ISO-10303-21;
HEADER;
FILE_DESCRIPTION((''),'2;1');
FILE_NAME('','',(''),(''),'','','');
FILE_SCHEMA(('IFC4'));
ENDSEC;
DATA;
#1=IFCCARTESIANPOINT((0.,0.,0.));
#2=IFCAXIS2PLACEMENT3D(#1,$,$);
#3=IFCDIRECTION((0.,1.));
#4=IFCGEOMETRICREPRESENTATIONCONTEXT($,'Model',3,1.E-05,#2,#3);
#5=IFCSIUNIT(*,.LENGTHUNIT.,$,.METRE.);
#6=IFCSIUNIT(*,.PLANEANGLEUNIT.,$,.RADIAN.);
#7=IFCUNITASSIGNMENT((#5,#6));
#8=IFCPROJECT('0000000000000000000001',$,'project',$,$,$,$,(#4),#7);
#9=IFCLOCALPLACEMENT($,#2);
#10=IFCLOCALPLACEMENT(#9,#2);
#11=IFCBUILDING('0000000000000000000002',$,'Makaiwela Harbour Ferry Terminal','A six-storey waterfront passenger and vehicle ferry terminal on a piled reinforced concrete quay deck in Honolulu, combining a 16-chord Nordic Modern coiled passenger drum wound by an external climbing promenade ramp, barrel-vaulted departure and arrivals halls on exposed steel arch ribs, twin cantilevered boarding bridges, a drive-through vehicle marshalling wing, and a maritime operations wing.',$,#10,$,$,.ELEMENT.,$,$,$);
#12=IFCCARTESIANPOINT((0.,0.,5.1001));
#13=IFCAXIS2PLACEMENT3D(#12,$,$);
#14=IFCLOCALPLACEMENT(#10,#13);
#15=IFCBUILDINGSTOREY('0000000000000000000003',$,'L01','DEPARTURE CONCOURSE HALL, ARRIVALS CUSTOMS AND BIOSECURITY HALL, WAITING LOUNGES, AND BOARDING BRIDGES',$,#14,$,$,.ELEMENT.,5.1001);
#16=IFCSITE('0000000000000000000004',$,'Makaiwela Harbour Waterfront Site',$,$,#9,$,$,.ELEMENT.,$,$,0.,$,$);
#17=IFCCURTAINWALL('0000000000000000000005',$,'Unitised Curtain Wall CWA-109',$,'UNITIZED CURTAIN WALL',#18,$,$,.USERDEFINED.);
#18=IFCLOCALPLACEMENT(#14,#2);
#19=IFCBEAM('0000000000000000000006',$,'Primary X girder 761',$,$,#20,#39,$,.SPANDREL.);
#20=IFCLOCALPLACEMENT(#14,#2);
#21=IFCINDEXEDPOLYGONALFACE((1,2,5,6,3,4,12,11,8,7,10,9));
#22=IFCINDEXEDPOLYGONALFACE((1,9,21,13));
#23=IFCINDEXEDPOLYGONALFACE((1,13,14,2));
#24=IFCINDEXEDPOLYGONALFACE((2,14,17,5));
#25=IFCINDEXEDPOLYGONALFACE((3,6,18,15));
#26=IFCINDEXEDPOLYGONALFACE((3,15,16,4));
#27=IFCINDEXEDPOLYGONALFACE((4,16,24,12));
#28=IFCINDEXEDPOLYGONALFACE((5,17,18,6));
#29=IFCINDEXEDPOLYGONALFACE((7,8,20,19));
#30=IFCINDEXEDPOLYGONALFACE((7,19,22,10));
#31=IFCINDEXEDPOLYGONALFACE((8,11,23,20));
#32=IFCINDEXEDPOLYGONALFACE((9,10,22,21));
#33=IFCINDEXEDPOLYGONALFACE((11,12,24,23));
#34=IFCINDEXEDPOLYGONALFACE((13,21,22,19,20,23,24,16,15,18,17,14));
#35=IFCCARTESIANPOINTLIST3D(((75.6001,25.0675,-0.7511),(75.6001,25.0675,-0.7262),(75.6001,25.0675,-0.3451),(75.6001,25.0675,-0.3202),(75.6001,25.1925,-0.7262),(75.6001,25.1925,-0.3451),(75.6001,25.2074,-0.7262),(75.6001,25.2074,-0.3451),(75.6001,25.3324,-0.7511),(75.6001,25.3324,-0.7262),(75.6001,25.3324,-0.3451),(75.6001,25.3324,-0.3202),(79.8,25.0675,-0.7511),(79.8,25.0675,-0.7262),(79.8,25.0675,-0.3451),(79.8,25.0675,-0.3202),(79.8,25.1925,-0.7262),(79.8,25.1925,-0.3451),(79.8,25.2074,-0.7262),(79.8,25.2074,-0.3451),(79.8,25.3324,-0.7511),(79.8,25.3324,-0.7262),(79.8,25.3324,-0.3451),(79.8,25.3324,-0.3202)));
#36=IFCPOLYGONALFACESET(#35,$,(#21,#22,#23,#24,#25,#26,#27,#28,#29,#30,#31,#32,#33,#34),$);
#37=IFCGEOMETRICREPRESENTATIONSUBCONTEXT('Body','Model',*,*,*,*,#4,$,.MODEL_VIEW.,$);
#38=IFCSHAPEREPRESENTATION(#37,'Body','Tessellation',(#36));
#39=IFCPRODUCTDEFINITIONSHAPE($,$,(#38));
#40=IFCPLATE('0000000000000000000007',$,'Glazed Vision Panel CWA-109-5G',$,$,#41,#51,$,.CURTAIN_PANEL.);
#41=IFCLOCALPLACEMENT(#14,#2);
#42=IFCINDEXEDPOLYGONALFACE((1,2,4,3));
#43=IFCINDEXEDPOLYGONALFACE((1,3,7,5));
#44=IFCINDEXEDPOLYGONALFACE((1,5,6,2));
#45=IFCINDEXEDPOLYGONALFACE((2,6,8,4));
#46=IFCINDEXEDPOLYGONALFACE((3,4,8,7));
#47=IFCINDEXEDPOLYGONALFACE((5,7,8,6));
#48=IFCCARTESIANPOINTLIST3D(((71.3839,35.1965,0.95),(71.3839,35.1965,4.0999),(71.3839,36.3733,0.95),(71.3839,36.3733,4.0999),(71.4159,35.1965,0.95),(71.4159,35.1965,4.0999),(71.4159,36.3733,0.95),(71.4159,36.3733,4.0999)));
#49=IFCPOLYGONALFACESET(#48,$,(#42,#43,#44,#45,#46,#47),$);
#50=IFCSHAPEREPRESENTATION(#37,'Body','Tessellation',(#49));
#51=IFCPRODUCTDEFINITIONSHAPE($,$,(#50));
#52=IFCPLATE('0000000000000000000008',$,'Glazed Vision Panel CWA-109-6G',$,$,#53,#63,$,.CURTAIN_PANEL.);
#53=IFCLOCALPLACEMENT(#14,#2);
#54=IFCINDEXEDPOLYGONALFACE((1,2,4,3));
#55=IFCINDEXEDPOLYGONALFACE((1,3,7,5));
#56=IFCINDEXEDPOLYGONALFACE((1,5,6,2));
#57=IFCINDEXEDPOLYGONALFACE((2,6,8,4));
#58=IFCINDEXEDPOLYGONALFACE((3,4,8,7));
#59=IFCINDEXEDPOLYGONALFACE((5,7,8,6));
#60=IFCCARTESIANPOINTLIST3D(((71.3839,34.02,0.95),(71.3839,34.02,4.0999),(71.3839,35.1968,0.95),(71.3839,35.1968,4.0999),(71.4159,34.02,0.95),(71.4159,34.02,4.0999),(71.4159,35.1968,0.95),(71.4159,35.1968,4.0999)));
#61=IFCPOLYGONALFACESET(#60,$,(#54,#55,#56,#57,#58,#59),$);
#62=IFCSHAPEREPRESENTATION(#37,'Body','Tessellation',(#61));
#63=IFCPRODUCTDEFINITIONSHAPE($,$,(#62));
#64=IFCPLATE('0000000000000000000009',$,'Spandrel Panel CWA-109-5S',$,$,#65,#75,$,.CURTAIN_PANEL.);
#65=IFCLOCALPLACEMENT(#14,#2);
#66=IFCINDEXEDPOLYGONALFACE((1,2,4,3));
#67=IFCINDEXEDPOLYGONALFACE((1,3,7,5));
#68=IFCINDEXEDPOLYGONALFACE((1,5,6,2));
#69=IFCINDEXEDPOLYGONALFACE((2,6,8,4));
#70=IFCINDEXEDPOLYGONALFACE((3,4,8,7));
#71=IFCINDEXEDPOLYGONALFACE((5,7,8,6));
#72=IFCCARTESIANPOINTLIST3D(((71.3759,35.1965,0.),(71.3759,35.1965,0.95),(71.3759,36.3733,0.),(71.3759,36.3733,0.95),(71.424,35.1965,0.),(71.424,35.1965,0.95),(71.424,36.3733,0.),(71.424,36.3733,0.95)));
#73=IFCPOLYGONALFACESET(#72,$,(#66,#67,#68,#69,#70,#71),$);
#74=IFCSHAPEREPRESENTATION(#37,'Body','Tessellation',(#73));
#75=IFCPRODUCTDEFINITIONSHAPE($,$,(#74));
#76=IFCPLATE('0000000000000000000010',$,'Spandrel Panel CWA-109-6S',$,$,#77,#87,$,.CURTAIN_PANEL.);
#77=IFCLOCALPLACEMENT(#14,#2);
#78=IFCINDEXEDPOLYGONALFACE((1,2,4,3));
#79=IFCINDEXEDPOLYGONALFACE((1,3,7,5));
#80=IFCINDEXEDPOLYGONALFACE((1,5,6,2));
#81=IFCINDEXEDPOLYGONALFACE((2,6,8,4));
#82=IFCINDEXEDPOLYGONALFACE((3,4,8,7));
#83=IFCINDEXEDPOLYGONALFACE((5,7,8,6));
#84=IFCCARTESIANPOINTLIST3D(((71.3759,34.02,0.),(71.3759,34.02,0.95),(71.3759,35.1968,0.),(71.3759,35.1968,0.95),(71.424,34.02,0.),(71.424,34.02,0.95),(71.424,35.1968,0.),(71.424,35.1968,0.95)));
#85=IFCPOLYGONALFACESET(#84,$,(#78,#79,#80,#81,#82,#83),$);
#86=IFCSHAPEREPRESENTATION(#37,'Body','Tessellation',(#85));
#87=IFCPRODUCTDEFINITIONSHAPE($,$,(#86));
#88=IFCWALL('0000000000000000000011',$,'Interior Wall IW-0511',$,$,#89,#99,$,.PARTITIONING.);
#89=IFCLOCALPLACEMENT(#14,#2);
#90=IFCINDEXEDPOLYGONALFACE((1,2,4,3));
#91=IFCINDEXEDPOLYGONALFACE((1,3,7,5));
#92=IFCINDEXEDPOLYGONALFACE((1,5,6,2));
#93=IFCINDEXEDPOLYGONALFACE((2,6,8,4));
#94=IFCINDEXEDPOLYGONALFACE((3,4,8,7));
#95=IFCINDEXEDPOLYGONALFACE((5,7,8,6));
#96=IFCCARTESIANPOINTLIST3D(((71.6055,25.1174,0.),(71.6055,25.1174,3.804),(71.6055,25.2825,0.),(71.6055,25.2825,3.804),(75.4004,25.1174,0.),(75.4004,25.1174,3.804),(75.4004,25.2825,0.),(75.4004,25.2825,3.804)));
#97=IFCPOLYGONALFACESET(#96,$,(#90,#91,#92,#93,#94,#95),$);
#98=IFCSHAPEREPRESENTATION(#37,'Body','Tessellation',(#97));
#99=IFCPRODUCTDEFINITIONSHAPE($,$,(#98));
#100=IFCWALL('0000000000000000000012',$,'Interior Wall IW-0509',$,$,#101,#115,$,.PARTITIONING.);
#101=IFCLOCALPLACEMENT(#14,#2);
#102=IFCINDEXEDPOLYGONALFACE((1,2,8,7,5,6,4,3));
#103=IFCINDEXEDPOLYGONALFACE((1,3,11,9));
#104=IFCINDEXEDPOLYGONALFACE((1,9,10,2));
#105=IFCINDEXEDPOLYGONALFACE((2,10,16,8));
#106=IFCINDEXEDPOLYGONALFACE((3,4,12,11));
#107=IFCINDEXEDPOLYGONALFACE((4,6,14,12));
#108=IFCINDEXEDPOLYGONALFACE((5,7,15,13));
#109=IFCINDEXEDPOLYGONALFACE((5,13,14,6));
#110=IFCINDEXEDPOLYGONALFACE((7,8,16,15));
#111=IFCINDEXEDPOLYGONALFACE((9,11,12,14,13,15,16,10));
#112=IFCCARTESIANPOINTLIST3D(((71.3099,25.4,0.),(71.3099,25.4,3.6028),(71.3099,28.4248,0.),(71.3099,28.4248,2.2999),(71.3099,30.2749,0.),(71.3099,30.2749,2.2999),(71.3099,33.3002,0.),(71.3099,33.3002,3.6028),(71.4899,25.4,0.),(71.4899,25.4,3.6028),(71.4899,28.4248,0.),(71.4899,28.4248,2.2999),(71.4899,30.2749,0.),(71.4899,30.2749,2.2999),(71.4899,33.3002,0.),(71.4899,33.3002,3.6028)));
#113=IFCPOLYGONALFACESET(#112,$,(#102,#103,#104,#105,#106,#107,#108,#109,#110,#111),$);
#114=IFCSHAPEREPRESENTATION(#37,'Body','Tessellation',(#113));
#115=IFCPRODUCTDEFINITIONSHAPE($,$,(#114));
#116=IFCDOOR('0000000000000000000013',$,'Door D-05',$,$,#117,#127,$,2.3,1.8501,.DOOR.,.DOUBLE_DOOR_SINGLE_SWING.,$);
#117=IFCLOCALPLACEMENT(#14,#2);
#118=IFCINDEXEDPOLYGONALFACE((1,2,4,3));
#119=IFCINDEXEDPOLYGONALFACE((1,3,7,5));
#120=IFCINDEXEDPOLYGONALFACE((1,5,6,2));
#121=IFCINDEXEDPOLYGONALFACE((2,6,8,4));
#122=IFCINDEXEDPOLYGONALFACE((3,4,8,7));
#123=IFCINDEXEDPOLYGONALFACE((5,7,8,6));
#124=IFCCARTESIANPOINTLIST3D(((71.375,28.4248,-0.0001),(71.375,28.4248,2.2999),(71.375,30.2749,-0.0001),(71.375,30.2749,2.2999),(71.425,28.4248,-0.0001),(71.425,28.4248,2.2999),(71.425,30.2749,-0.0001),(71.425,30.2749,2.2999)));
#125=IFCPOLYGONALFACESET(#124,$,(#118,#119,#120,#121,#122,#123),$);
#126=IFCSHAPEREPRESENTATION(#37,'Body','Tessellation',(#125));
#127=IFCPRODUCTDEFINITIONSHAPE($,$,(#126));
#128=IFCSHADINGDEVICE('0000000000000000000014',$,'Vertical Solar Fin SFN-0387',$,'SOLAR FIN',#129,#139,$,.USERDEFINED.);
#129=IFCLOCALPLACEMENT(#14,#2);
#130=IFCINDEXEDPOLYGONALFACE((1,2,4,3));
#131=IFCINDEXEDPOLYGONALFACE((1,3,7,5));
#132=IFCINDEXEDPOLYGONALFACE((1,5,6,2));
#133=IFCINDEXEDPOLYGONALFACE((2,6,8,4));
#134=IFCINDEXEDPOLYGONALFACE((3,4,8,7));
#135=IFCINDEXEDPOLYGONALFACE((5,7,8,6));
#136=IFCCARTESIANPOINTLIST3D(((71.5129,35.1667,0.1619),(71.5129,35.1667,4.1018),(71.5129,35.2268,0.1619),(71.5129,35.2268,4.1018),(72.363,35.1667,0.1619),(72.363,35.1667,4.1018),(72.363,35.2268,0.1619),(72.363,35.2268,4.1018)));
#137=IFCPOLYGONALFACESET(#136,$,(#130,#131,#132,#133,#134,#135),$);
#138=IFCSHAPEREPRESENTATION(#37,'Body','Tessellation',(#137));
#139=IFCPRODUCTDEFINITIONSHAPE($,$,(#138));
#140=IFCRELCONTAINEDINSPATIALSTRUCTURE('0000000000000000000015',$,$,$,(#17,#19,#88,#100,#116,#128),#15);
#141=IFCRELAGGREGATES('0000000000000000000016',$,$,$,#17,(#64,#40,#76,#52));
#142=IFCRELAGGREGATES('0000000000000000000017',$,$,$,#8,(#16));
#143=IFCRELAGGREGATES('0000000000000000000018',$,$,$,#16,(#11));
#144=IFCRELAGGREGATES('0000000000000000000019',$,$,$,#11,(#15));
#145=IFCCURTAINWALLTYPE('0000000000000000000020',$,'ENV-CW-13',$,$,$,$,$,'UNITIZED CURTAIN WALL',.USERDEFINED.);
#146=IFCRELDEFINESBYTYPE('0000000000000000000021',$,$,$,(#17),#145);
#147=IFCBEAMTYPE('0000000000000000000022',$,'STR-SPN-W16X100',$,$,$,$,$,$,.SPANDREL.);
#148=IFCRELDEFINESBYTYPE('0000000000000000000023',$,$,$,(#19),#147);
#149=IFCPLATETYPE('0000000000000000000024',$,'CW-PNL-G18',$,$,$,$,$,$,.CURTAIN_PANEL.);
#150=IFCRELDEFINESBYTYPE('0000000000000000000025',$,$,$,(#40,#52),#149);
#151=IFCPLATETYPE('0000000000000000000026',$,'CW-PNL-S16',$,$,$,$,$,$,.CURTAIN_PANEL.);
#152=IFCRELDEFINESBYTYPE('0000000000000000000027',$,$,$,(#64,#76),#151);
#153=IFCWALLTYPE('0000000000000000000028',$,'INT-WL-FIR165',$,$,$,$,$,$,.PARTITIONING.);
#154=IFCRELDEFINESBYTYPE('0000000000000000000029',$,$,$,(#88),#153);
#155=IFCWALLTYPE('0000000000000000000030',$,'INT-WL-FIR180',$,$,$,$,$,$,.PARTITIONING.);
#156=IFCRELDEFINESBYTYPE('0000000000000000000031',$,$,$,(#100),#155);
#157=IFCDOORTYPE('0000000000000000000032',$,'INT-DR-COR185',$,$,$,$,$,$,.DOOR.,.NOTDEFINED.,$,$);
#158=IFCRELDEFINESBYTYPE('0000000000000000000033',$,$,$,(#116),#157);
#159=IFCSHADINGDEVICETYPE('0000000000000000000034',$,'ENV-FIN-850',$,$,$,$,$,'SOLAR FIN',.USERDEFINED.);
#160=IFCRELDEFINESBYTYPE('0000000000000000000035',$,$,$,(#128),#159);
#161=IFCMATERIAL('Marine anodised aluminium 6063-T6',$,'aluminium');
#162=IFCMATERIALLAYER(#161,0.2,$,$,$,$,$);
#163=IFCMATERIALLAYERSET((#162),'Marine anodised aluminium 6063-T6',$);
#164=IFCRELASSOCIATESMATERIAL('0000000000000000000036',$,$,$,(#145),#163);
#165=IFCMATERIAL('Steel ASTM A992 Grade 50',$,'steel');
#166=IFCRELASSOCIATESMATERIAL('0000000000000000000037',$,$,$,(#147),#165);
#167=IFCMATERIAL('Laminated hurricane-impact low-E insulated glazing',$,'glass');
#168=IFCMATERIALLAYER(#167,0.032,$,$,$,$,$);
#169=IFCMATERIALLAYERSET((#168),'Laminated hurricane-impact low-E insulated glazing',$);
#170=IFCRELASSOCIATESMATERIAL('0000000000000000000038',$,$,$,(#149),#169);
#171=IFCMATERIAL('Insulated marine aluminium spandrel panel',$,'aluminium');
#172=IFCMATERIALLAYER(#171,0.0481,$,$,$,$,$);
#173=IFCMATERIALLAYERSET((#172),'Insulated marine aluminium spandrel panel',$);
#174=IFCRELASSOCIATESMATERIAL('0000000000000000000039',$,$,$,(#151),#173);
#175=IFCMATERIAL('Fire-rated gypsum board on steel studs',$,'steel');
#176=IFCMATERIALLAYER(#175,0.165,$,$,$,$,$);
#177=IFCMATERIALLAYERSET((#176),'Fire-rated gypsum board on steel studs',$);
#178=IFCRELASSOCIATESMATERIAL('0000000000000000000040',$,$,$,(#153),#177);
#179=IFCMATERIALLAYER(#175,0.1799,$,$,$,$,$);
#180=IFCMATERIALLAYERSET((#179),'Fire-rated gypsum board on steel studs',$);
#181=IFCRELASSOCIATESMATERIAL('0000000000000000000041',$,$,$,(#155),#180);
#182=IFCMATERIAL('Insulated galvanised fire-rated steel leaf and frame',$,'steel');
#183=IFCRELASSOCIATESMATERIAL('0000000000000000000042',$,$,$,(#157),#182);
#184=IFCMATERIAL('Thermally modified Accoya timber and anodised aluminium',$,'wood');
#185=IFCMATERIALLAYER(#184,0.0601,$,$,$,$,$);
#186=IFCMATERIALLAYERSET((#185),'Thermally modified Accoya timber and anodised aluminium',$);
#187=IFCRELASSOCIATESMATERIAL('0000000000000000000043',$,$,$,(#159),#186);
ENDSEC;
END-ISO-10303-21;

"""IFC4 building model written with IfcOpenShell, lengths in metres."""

from ifc_helpers import new_model, si_unit, direction, frame, frame_2d, origin, origin_2d, place, context, subcontext, project, spatial, rectangle, i_section, extrude, material, layer, layer_set, material_profile, profile_set, type_object, element, fill, aggregate, save


model = new_model("IFC4")

# Units and contexts
model_context = context("Model", 3, precision=1e-05, world=origin(), true_north=direction((0.0, 1.0)))
body_context = subcontext(model_context, "Body", "Model", "MODEL_VIEW")
ifc_project = project(units=[si_unit("LENGTHUNIT", "METRE"), si_unit("PLANEANGLEUNIT", "RADIAN")], contexts=[model_context])

# Site, building, storey
site_placement = place(None, origin())
site = spatial("IfcSite", under=ifc_project, at=site_placement, Name="Makaiwela Harbour Waterfront Site", CompositionType="ELEMENT", RefElevation=0.0)
building_placement = place(site_placement, origin())
building = spatial("IfcBuilding", under=site, at=building_placement, Name="Makaiwela Harbour Ferry Terminal", Description="A six-storey waterfront passenger and vehicle ferry terminal on a piled reinforced concrete quay deck in Honolulu, combining a 16-chord Nordic Modern coiled passenger drum wound by an external climbing promenade ramp, barrel-vaulted departure and arrivals halls on exposed steel arch ribs, twin cantilevered boarding bridges, a drive-through vehicle marshalling wing, and a maritime operations wing.", CompositionType="ELEMENT")
storey_placement = place(building_placement, frame((0.0, 0.0, 5.1001)))
storey = spatial("IfcBuildingStorey", under=building, at=storey_placement, Name="L01", Description="DEPARTURE CONCOURSE HALL, ARRIVALS CUSTOMS AND BIOSECURITY HALL, WAITING LOUNGES, AND BOARDING BRIDGES", CompositionType="ELEMENT", Elevation=5.1001)

# Shared definitions
ifc_material_1 = material(Name="Steel ASTM A992 Grade 50", Category="steel")

# Curtain wall
ifc_material_2 = material(Name="Marine anodised aluminium 6063-T6", Category="aluminium")
ifc_layer_1 = layer(ifc_material_2, 0.2)
ifc_layer_set_1 = layer_set([ifc_layer_1], Name="Marine anodised aluminium 6063-T6")
curtain_wall_type = type_object("IfcCurtainWallType", Name="ENV-CW-13", ElementType="UNITIZED CURTAIN WALL", PredefinedType="USERDEFINED", material=ifc_layer_set_1)
curtain_wall_placement = place(storey_placement, origin())
curtain_wall = element("IfcCurtainWall", 1, at=curtain_wall_placement, inside=storey, type_object=curtain_wall_type, Name="Unitised Curtain Wall CWA-109", ObjectType="UNITIZED CURTAIN WALL", PredefinedType="USERDEFINED")

# Beam
ifc_material_profile_1 = material_profile(ifc_material_1, i_section(OverallWidth=0.2649, OverallDepth=0.4309, WebThickness=0.0149, FlangeThickness=0.0249, at=origin_2d()), Name="W16X100")
ifc_profile_set_1 = profile_set([ifc_material_profile_1], Name="Steel ASTM A992 Grade 50")
beam_type_1 = type_object("IfcBeamType", Name="STR-SPN-W16X100", PredefinedType="SPANDREL", material=ifc_profile_set_1)
beam_1_placement = place(storey_placement, frame((75.6001, 25.2, -0.5356), z_axis=(1.0, 0.0, 0.0), x_axis=(0.0, 1.0, 0.0)))
element("IfcBeam", 2, at=beam_1_placement, inside=storey, type_object=beam_type_1, Name="Primary X girder 761", PredefinedType="SPANDREL", context=body_context, shape_type="SweptSolid", body=[
    extrude(i_section(OverallWidth=0.2649, OverallDepth=0.4309, WebThickness=0.0149, FlangeThickness=0.0249, at=origin_2d()), origin(), (0.0, 0.0, 1.0), 4.2),
])

# Plates
ifc_material_3 = material(Name="Laminated hurricane-impact low-E insulated glazing", Category="glass")
ifc_layer_2 = layer(ifc_material_3, 0.032)
ifc_layer_set_2 = layer_set([ifc_layer_2], Name="Laminated hurricane-impact low-E insulated glazing")
plate_type_1 = type_object("IfcPlateType", Name="CW-PNL-G18", PredefinedType="CURTAIN_PANEL", material=ifc_layer_set_2)
plate_1_placement = place(storey_placement, frame((71.3999, 35.7849, 0.95), z_axis=(0.0, 0.0, 1.0), x_axis=(0.0, -1.0, 0.0)))
plate_1 = element("IfcPlate", 3, at=plate_1_placement, type_object=plate_type_1, Name="Glazed Vision Panel CWA-109-5G", PredefinedType="CURTAIN_PANEL", context=body_context, shape_type="SweptSolid", body=[
    extrude(rectangle(XDim=1.1768, YDim=0.032, at=origin_2d()), origin(), (0.0, 0.0, 1.0), 3.1499),
])
plate_2_placement = place(storey_placement, frame((71.3999, 34.6084, 0.95), z_axis=(0.0, 0.0, 1.0), x_axis=(0.0, -1.0, 0.0)))
plate_2 = element("IfcPlate", 4, at=plate_2_placement, type_object=plate_type_1, Name="Glazed Vision Panel CWA-109-6G", PredefinedType="CURTAIN_PANEL", context=body_context, shape_type="SweptSolid", body=[
    extrude(rectangle(XDim=1.1768, YDim=0.032, at=origin_2d()), origin(), (0.0, 0.0, 1.0), 3.1499),
])
ifc_material_4 = material(Name="Insulated marine aluminium spandrel panel", Category="aluminium")
ifc_layer_3 = layer(ifc_material_4, 0.0481)
ifc_layer_set_3 = layer_set([ifc_layer_3], Name="Insulated marine aluminium spandrel panel")
plate_type_2 = type_object("IfcPlateType", Name="CW-PNL-S16", PredefinedType="CURTAIN_PANEL", material=ifc_layer_set_3)
plate_3_placement = place(storey_placement, frame((71.3999, 35.7849, 0.0), z_axis=(0.0, 0.0, 1.0), x_axis=(0.0, -1.0, 0.0)))
plate_3 = element("IfcPlate", 5, at=plate_3_placement, type_object=plate_type_2, Name="Spandrel Panel CWA-109-5S", PredefinedType="CURTAIN_PANEL", context=body_context, shape_type="SweptSolid", body=[
    extrude(rectangle(XDim=1.1768, YDim=0.0481, at=origin_2d()), origin(), (0.0, 0.0, 1.0), 0.95),
])
plate_4_placement = place(storey_placement, frame((71.3999, 34.6084, 0.0), z_axis=(0.0, 0.0, 1.0), x_axis=(0.0, -1.0, 0.0)))
plate_4 = element("IfcPlate", 6, at=plate_4_placement, type_object=plate_type_2, Name="Spandrel Panel CWA-109-6S", PredefinedType="CURTAIN_PANEL", context=body_context, shape_type="SweptSolid", body=[
    extrude(rectangle(XDim=1.1768, YDim=0.0481, at=origin_2d()), origin(), (0.0, 0.0, 1.0), 0.95),
])
aggregate(curtain_wall, [plate_3, plate_1, plate_4, plate_2])

# Wall
ifc_material_5 = material(Name="Fire-rated gypsum board on steel studs", Category="steel")
ifc_layer_4 = layer(ifc_material_5, 0.165)
ifc_layer_set_4 = layer_set([ifc_layer_4], Name="Fire-rated gypsum board on steel studs")
wall_type_1 = type_object("IfcWallType", Name="INT-WL-FIR165", PredefinedType="PARTITIONING", material=ifc_layer_set_4)
wall_1_placement = place(storey_placement, frame((71.6055, 25.2, 0.0), z_axis=(0.0, 0.0, 1.0), x_axis=(1.0, 0.0, 0.0)))
element("IfcWall", 7, at=wall_1_placement, inside=storey, type_object=wall_type_1, Name="Interior Wall IW-0511", PredefinedType="PARTITIONING", context=body_context, shape_type="SweptSolid", body=[
    extrude(rectangle(XDim=3.7949, YDim=0.165, at=frame_2d((1.8975, 0.0))), origin(), (0.0, 0.0, 1.0), 3.804),
])

# Wall, opening, door
ifc_layer_5 = layer(ifc_material_5, 0.1799)
ifc_layer_set_5 = layer_set([ifc_layer_5], Name="Fire-rated gypsum board on steel studs")
wall_type_2 = type_object("IfcWallType", Name="INT-WL-FIR180", PredefinedType="PARTITIONING", material=ifc_layer_set_5)
wall_2_placement = place(storey_placement, frame((71.3999, 25.3999, 0.0), z_axis=(0.0, 0.0, 1.0), x_axis=(0.0, 1.0, 0.0)))
wall_2 = element("IfcWall", 8, at=wall_2_placement, inside=storey, type_object=wall_type_2, Name="Interior Wall IW-0509", PredefinedType="PARTITIONING", context=body_context, shape_type="SweptSolid", body=[
    extrude(rectangle(XDim=7.9001, YDim=0.1799, at=frame_2d((3.9502, 0.0))), origin(), (0.0, 0.0, 1.0), 3.6028),
])
opening_placement = place(wall_2_placement, frame((3.0249, 0.0, 0.0)))
opening = element("IfcOpeningElement", 9, at=opening_placement, cuts=wall_2, PredefinedType="OPENING", context=body_context, shape_type="SweptSolid", body=[
    extrude(rectangle(XDim=1.8501, YDim=2.3, at=frame_2d((0.925, 1.1499))), frame((0.0, 0.0999, 0.0), z_axis=(0.0, -1.0, 0.0), x_axis=(1.0, 0.0, 0.0)), (0.0, 0.0, 1.0), 0.2),
])
ifc_material_6 = material(Name="Insulated galvanised fire-rated steel leaf and frame", Category="steel")
door_type = type_object("IfcDoorType", Name="INT-DR-COR185", OperationType="NOTDEFINED", PredefinedType="DOOR", material=ifc_material_6)
door_placement = place(opening_placement, origin())
door = element("IfcDoor", 10, at=door_placement, inside=storey, type_object=door_type, Name="Door D-05", OperationType="DOUBLE_DOOR_SINGLE_SWING", OverallHeight=2.3, OverallWidth=1.8501, PredefinedType="DOOR", context=body_context, shape_type="SweptSolid", body=[
    extrude(rectangle(XDim=1.8501, YDim=2.3, at=frame_2d((0.925, 1.1499))), frame((0.0, 0.0249, 0.0), z_axis=(0.0, -1.0, 0.0), x_axis=(1.0, 0.0, 0.0)), (0.0, 0.0, 1.0), 0.05),
])
fill(opening, door)

# Shading device
ifc_material_7 = material(Name="Thermally modified Accoya timber and anodised aluminium", Category="wood")
ifc_layer_6 = layer(ifc_material_7, 0.0601)
ifc_layer_set_6 = layer_set([ifc_layer_6], Name="Thermally modified Accoya timber and anodised aluminium")
shading_device_type = type_object("IfcShadingDeviceType", Name="ENV-FIN-850", ElementType="SOLAR FIN", PredefinedType="USERDEFINED", material=ifc_layer_set_6)
shading_device_placement = place(storey_placement, frame((71.938, 35.1968, 0.1619), z_axis=(0.0, 0.0, 1.0), x_axis=(1.0, 0.0, 0.0)))
element("IfcShadingDevice", 11, at=shading_device_placement, inside=storey, type_object=shading_device_type, Name="Vertical Solar Fin SFN-0387", ObjectType="SOLAR FIN", PredefinedType="USERDEFINED", context=body_context, shape_type="SweptSolid", body=[
    extrude(rectangle(XDim=0.8501, YDim=0.0601, at=origin_2d()), origin(), (0.0, 0.0, 1.0), 3.9399),
])

save(model, "model.ifc")
